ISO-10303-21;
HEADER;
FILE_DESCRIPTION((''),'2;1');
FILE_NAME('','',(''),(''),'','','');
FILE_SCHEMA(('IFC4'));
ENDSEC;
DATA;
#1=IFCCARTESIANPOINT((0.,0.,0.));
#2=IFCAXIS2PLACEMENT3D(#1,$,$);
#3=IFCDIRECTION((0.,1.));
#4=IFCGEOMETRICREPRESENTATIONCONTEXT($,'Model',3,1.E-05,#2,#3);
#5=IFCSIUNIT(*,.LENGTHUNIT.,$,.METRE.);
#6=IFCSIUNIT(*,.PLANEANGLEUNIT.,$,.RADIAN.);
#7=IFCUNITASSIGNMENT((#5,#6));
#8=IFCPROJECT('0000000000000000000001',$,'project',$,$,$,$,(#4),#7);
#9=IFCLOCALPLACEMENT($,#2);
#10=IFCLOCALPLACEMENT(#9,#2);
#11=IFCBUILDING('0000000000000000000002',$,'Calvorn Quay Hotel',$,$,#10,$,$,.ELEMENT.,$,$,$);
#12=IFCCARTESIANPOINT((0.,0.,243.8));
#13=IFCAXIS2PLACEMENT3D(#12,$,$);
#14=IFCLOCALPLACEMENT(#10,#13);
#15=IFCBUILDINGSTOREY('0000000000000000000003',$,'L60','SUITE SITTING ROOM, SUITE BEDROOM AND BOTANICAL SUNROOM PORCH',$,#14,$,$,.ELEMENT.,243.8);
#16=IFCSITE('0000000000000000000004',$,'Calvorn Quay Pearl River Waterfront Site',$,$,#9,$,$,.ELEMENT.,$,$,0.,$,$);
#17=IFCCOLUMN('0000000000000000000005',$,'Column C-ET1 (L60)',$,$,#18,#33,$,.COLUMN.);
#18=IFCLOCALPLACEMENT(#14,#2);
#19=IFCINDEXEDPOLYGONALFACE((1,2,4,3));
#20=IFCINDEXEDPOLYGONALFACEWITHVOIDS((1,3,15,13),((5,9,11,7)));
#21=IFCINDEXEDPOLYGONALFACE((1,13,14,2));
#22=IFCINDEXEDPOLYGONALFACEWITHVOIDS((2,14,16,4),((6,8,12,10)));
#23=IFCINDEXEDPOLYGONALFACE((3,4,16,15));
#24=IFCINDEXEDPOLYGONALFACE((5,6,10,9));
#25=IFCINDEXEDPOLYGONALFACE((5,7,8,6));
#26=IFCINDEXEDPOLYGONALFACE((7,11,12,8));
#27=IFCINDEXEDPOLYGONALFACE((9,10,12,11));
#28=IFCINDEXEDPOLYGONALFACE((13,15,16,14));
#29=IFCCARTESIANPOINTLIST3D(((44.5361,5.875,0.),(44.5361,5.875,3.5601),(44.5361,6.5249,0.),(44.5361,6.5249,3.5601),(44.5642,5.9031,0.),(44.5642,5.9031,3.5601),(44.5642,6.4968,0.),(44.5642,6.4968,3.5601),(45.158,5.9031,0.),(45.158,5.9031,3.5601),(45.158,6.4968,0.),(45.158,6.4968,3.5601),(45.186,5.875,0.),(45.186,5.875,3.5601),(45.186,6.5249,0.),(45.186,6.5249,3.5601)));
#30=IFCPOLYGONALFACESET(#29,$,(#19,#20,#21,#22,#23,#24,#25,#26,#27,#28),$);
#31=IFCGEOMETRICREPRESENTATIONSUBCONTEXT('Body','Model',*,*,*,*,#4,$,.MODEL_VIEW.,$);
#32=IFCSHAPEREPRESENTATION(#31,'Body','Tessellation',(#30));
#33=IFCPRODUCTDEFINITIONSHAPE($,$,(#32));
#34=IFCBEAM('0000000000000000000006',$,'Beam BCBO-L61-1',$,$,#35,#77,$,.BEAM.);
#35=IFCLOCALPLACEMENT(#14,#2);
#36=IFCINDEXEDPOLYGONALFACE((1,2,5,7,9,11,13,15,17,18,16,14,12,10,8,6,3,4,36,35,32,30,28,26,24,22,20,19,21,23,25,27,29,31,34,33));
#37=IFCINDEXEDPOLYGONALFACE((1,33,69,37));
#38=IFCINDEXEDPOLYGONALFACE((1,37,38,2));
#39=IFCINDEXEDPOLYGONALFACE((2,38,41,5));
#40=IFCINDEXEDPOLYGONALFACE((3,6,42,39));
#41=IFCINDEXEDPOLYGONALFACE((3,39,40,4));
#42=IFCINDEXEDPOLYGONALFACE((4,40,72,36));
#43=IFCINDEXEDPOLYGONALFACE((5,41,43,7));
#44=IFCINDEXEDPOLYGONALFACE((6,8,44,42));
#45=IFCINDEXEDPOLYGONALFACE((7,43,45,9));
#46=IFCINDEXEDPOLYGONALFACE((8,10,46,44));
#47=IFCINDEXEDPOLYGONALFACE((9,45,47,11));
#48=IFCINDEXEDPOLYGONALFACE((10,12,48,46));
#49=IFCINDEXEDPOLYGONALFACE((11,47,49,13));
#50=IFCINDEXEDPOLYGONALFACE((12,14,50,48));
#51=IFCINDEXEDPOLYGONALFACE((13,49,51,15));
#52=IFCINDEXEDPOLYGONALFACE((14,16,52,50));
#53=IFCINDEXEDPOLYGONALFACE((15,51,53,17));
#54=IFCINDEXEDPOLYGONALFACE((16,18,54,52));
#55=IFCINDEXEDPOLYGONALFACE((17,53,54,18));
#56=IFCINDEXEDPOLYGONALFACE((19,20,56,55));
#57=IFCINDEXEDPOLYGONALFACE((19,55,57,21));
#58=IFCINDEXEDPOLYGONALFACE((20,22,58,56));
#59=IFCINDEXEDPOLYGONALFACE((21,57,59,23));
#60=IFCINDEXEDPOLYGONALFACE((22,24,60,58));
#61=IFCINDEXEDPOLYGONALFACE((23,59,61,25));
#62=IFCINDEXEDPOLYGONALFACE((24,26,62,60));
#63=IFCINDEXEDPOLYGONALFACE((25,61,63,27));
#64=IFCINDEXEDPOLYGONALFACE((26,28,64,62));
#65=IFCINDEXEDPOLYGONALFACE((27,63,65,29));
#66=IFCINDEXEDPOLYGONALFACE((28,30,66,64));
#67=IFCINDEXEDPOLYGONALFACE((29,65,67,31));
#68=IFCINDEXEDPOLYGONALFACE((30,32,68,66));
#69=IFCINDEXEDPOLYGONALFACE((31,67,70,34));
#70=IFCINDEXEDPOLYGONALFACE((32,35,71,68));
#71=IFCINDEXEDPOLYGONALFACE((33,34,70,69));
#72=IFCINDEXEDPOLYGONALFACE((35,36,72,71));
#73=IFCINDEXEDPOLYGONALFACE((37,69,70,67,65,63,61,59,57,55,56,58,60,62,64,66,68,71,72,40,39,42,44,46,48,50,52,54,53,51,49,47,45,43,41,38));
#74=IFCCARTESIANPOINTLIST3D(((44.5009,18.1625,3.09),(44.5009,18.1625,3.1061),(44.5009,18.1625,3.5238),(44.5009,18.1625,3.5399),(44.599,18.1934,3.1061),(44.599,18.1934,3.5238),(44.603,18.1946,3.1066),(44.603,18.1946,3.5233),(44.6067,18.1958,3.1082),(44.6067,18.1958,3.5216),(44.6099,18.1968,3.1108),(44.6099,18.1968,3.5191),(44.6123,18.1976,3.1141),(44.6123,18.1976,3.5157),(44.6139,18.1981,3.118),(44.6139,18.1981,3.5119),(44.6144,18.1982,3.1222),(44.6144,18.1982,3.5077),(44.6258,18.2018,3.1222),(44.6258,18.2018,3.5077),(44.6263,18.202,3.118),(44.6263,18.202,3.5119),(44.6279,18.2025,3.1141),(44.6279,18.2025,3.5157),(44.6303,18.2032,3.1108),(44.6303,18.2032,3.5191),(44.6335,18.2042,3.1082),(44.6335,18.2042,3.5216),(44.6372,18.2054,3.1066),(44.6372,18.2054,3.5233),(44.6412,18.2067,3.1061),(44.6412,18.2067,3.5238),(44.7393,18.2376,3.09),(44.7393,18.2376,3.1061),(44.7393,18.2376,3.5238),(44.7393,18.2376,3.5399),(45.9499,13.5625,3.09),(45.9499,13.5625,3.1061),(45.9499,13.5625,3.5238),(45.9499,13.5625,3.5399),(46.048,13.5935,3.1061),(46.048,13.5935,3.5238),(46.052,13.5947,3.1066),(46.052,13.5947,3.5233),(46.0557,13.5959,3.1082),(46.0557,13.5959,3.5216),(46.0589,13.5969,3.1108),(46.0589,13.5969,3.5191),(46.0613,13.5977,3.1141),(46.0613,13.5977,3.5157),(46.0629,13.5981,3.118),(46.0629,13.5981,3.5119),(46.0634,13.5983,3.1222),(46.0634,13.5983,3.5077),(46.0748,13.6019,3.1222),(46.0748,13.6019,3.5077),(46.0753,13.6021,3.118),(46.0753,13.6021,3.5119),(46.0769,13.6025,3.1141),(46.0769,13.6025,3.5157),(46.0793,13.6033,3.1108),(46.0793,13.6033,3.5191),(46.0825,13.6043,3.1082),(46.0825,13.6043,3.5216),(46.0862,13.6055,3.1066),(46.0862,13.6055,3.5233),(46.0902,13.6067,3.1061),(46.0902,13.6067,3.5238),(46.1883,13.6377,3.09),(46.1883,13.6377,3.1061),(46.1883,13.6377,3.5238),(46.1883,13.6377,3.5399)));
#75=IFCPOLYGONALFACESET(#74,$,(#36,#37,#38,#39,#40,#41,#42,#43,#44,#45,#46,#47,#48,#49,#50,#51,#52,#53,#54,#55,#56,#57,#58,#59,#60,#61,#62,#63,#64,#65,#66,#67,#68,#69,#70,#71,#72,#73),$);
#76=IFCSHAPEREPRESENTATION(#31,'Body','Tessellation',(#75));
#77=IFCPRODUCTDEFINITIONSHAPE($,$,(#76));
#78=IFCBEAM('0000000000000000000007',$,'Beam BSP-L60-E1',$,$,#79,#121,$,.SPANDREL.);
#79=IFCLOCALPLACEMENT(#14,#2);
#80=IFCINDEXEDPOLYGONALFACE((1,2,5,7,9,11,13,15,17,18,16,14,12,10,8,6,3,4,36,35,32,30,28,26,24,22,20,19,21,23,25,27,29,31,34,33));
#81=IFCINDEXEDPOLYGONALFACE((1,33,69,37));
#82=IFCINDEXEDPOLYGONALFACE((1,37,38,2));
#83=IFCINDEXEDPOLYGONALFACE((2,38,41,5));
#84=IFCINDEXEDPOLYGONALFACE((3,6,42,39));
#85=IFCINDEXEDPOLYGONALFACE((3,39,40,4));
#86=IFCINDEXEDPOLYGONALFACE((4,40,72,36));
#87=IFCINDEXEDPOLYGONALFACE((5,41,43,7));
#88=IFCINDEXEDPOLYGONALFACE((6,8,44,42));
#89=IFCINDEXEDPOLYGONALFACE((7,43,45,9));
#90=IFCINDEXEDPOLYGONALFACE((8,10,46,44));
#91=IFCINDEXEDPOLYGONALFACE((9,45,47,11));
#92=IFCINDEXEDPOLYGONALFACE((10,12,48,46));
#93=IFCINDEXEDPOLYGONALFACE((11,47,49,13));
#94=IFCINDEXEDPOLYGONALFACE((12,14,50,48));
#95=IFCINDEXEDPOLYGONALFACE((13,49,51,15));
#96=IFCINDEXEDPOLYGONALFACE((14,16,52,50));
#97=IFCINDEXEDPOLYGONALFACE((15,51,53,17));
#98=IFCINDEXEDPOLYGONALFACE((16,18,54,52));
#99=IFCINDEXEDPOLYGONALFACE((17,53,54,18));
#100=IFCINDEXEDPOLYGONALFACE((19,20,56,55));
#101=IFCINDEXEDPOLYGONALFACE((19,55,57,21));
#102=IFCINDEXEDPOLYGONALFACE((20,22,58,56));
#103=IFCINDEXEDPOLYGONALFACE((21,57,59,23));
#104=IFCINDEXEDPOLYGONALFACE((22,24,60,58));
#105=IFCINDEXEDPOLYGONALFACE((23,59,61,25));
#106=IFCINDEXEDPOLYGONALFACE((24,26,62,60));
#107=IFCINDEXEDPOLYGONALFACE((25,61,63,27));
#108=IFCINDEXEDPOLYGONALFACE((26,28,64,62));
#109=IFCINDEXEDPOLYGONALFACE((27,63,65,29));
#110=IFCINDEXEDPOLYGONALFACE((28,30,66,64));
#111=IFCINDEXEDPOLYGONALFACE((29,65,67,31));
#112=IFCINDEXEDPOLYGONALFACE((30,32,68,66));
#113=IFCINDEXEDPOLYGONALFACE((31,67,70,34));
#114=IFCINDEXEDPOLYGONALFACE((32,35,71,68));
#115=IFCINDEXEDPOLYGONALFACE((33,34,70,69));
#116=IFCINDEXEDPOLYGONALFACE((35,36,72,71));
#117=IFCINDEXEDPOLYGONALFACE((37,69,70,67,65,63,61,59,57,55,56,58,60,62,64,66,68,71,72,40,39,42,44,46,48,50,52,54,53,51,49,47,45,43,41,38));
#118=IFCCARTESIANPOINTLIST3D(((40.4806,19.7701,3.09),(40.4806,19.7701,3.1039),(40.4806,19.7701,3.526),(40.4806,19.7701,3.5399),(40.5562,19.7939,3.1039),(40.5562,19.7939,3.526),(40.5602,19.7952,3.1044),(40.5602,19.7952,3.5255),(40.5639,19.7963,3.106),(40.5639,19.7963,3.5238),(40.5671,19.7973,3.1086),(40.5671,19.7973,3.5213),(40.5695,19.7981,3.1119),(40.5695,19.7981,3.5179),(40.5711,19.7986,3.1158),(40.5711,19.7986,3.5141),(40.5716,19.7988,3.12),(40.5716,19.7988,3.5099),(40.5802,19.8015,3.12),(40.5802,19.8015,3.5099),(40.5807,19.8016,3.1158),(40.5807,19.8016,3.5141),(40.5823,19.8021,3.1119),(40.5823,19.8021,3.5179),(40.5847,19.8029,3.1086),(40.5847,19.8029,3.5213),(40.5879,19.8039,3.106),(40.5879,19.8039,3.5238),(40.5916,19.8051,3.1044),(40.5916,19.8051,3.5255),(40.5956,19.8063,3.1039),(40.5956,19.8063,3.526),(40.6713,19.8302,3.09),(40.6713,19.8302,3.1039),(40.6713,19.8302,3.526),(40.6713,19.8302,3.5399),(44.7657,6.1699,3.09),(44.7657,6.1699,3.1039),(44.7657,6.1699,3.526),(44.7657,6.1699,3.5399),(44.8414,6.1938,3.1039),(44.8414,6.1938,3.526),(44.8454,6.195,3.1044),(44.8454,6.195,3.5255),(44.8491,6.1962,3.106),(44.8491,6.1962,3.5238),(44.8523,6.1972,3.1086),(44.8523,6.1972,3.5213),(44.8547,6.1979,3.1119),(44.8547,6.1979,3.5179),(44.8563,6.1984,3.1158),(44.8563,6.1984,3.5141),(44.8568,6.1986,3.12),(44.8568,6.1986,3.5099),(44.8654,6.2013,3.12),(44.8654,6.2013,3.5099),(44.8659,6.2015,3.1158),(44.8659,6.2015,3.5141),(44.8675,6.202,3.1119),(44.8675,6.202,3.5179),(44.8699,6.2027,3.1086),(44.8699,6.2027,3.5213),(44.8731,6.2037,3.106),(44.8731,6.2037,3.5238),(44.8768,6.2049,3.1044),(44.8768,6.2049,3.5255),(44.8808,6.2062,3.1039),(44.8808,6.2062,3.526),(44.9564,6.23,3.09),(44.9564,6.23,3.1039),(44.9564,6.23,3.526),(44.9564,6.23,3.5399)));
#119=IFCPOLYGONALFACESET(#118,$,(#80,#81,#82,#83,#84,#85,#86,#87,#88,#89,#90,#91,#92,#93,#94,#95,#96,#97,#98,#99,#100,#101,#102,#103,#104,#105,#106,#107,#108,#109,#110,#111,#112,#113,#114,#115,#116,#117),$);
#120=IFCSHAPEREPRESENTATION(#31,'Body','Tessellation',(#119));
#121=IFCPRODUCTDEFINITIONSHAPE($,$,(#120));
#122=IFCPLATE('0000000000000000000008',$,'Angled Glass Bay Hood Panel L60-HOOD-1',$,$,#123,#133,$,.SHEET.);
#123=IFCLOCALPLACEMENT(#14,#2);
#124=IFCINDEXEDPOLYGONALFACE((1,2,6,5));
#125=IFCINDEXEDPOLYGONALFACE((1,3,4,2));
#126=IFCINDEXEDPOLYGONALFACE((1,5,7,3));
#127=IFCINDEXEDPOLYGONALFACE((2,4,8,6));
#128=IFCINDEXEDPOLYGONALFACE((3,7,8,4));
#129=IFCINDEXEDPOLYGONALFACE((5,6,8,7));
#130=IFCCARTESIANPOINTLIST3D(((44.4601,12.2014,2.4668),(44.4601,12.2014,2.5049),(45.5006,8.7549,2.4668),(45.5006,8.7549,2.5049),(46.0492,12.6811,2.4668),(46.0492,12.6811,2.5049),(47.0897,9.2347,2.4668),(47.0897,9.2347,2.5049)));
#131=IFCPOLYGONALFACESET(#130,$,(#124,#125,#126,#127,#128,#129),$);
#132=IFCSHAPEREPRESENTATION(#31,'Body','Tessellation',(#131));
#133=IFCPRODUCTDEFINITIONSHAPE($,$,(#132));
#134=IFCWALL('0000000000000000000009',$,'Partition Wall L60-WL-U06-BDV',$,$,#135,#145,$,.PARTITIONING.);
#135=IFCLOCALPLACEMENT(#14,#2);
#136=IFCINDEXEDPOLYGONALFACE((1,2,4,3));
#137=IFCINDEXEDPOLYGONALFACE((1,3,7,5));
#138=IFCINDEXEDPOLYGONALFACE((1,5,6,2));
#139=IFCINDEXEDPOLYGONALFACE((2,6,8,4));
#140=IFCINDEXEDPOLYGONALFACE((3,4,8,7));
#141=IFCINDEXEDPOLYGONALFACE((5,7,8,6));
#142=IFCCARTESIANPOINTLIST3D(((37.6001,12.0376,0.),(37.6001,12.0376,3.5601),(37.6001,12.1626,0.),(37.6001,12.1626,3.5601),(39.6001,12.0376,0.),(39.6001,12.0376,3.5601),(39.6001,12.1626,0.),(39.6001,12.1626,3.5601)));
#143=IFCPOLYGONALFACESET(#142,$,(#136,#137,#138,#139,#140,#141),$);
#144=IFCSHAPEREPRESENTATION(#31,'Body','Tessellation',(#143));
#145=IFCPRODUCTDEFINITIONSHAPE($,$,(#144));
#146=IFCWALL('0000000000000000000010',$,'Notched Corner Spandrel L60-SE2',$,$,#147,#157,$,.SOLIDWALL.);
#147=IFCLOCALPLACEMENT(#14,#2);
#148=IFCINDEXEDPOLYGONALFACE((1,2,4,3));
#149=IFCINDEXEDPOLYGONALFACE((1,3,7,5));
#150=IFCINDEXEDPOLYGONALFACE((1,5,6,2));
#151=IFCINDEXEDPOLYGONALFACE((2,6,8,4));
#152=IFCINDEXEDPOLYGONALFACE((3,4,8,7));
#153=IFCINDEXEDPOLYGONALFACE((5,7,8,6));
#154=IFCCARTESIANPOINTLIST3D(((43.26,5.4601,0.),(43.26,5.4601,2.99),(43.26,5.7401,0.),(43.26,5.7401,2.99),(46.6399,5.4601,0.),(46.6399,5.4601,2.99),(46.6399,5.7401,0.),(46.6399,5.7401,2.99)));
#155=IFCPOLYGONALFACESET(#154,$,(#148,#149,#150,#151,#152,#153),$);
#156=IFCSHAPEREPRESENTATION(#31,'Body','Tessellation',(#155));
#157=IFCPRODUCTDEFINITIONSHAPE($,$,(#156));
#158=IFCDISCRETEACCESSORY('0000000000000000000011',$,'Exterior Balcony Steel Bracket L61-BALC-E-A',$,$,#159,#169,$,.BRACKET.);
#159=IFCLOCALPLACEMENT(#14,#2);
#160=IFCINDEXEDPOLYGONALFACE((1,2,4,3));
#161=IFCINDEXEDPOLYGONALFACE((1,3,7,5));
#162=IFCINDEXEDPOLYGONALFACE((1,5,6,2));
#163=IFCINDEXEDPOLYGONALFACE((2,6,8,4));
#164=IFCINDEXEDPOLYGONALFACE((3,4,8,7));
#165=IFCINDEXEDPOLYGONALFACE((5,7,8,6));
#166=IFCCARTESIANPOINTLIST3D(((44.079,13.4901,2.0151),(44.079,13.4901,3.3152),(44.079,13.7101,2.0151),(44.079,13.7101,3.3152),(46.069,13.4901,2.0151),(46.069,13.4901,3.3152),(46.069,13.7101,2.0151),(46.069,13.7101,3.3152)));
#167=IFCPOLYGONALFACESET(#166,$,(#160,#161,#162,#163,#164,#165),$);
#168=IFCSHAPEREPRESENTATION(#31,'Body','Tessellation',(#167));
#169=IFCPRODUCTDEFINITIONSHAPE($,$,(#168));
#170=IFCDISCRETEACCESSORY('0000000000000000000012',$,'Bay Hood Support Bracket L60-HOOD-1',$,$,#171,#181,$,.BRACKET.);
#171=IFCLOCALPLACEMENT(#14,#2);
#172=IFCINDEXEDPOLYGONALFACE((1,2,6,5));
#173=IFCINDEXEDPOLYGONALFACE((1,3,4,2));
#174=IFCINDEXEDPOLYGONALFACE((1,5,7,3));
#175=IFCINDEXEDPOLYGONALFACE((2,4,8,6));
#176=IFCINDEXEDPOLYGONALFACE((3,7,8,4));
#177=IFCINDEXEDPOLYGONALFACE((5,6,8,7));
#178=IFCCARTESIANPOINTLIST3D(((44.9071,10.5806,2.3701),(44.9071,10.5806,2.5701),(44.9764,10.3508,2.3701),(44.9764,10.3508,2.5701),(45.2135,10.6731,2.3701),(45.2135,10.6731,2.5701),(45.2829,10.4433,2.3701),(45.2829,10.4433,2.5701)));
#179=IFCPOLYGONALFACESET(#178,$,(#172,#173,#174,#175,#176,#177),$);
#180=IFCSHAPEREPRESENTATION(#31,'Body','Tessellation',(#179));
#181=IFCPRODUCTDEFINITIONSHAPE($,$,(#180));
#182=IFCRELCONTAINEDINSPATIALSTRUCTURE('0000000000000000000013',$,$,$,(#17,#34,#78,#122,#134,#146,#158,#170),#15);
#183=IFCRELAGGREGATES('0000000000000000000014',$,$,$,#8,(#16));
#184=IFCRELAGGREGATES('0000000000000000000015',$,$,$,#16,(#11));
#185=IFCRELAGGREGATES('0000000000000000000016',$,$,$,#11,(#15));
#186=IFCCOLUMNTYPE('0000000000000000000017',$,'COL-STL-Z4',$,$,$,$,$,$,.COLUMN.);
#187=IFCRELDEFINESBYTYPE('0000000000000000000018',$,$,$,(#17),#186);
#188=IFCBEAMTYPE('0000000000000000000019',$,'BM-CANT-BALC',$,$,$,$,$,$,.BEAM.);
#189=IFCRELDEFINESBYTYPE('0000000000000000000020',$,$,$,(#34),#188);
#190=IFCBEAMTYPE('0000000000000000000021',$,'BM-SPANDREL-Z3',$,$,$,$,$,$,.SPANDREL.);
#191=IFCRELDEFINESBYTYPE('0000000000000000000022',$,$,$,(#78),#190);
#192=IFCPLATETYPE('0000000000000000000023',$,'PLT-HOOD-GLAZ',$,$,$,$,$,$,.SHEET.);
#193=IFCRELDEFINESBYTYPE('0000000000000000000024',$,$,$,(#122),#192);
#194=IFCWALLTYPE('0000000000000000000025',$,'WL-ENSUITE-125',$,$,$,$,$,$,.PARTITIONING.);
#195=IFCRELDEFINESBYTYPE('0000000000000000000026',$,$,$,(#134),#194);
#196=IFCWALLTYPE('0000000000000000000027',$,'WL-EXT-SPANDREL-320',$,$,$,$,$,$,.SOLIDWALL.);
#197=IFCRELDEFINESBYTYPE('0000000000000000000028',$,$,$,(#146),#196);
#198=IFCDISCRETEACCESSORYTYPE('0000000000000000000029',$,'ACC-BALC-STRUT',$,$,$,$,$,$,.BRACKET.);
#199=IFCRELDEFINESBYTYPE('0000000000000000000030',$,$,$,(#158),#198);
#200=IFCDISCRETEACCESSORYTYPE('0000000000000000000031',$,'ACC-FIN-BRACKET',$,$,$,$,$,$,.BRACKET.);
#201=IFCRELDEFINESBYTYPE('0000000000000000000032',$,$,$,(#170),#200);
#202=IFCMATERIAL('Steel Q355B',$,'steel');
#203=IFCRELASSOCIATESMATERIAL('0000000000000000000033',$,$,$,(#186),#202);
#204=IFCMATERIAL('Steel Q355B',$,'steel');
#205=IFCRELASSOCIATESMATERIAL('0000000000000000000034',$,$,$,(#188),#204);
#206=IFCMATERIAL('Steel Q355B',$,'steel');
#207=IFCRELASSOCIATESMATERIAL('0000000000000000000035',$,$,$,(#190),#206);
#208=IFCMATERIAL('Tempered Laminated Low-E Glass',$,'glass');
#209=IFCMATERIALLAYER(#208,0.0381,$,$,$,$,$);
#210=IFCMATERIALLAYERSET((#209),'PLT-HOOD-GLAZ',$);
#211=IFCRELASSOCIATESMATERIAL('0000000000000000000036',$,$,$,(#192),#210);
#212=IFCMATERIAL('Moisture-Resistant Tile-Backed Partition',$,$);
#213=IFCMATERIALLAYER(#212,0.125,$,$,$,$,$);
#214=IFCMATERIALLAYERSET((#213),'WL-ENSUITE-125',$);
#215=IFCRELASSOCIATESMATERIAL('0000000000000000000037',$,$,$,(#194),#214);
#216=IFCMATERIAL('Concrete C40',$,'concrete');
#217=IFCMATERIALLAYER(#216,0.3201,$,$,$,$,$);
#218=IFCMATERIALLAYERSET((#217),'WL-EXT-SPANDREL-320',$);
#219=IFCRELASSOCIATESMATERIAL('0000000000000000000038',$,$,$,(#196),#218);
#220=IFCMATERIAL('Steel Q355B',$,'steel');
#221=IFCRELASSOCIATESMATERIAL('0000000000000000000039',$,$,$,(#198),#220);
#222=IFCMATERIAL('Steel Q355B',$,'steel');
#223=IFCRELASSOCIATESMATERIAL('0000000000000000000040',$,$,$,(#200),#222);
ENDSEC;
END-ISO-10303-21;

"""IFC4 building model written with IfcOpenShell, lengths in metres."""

from ifc_helpers import new_model, si_unit, direction, frame, frame_2d, origin, origin_2d, place, context, subcontext, project, spatial, rectangle, hollow_rectangle, i_section, extrude, material, layer, layer_set, material_profile, profile_set, type_object, element, save


model = new_model("IFC4")

# Units and contexts
model_context = context("Model", 3, precision=1e-05, world=origin(), true_north=direction((0.0, 1.0)))
body_context = subcontext(model_context, "Body", "Model", "MODEL_VIEW")
ifc_project = project(units=[si_unit("LENGTHUNIT", "METRE"), si_unit("PLANEANGLEUNIT", "RADIAN")], contexts=[model_context])

# Site, building, storey
site_placement = place(None, origin())
site = spatial("IfcSite", under=ifc_project, at=site_placement, Name="Calvorn Quay Pearl River Waterfront Site", CompositionType="ELEMENT", RefElevation=0.0)
building_placement = place(site_placement, origin())
building = spatial("IfcBuilding", under=site, at=building_placement, Name="Calvorn Quay Hotel", CompositionType="ELEMENT")
storey_placement = place(building_placement, frame((0.0, 0.0, 243.8)))
storey = spatial("IfcBuildingStorey", under=building, at=storey_placement, Name="L60", Description="SUITE SITTING ROOM, SUITE BEDROOM AND BOTANICAL SUNROOM PORCH", CompositionType="ELEMENT", Elevation=243.8)

# Column
ifc_material_1 = material(Name="Steel Q355B", Category="steel")
ifc_material_profile_1 = material_profile(ifc_material_1, hollow_rectangle(XDim=0.6499, YDim=0.6499, WallThickness=0.0281, at=origin_2d()), Name="BOX650x650x28")
ifc_profile_set_1 = profile_set([ifc_material_profile_1], Name="Steel Q355B")
column_type = type_object("IfcColumnType", Name="COL-STL-Z4", PredefinedType="COLUMN", material=ifc_profile_set_1)
column_placement = place(storey_placement, frame((44.8611, 6.2, 0.0), z_axis=(0.0, 0.0, 1.0), x_axis=(1.0, 0.0, 0.0)))
element("IfcColumn", 1, at=column_placement, inside=storey, type_object=column_type, Name="Column C-ET1 (L60)", PredefinedType="COLUMN", context=body_context, shape_type="SweptSolid", body=[
    extrude(hollow_rectangle(XDim=0.6499, YDim=0.6499, WallThickness=0.0281, at=origin_2d()), origin(), (0.0, 0.0, 1.0), 3.5601),
])

# Beams
ifc_material_2 = material(Name="Steel Q355B", Category="steel")
ifc_material_profile_2 = material_profile(ifc_material_2, i_section(OverallWidth=0.25, OverallDepth=0.45, WebThickness=0.012, FlangeThickness=0.0161, FilletRadius=0.0161, at=origin_2d()), Name="HN450x250x12x16")
ifc_profile_set_2 = profile_set([ifc_material_profile_2], Name="Steel Q355B")
beam_type_1 = type_object("IfcBeamType", Name="BM-CANT-BALC", PredefinedType="BEAM", material=ifc_profile_set_2)
beam_1_placement = place(storey_placement, frame((46.0691, 13.6001, 3.3149), z_axis=(-0.30045, 0.953797, 0.0), x_axis=(-0.953797, -0.30045, 0.0)))
element("IfcBeam", 2, at=beam_1_placement, inside=storey, type_object=beam_type_1, Name="Beam BCBO-L61-1", PredefinedType="BEAM", context=body_context, shape_type="SweptSolid", body=[
    extrude(i_section(OverallWidth=0.25, OverallDepth=0.45, WebThickness=0.012, FlangeThickness=0.0161, FilletRadius=0.0161, at=origin_2d()), origin(), (0.0, 0.0, 1.0), 4.8228),
])
ifc_material_3 = material(Name="Steel Q355B", Category="steel")
ifc_material_profile_3 = material_profile(ifc_material_3, i_section(OverallWidth=0.2, OverallDepth=0.45, WebThickness=0.009, FlangeThickness=0.0139, FilletRadius=0.0161, at=origin_2d()), Name="HN450x200x9x14")
ifc_profile_set_3 = profile_set([ifc_material_profile_3], Name="Steel Q355B")
beam_type_2 = type_object("IfcBeamType", Name="BM-SPANDREL-Z3", PredefinedType="SPANDREL", material=ifc_profile_set_3)
beam_2_placement = place(storey_placement, frame((44.8611, 6.2, 3.3149), z_axis=(-0.300518, 0.953776, 0.0), x_axis=(-0.953776, -0.300518, 0.0)))
element("IfcBeam", 3, at=beam_2_placement, inside=storey, type_object=beam_type_2, Name="Beam BSP-L60-E1", PredefinedType="SPANDREL", context=body_context, shape_type="SweptSolid", body=[
    extrude(i_section(OverallWidth=0.2, OverallDepth=0.45, WebThickness=0.009, FlangeThickness=0.0139, FilletRadius=0.0161, at=origin_2d()), origin(), (0.0, 0.0, 1.0), 14.2593),
])

# Plate
ifc_material_4 = material(Name="Tempered Laminated Low-E Glass", Category="glass")
ifc_layer_1 = layer(ifc_material_4, 0.0381)
ifc_layer_set_1 = layer_set([ifc_layer_1], Name="PLT-HOOD-GLAZ")
plate_type = type_object("IfcPlateType", Name="PLT-HOOD-GLAZ", PredefinedType="SHEET", material=ifc_layer_set_1)
plate_placement = place(storey_placement, frame((45.7749, 10.718, 2.4668), z_axis=(0.0, 0.0, 1.0), x_axis=(0.957319, 0.289032, 0.0)))
element("IfcPlate", 4, at=plate_placement, inside=storey, type_object=plate_type, Name="Angled Glass Bay Hood Panel L60-HOOD-1", PredefinedType="SHEET", context=body_context, shape_type="SweptSolid", body=[
    extrude(rectangle(XDim=1.6599, YDim=3.6001, at=origin_2d()), origin(), (0.0, 0.0, 1.0), 0.0381),
])

# Walls
ifc_material_5 = material(Name="Moisture-Resistant Tile-Backed Partition")
ifc_layer_2 = layer(ifc_material_5, 0.125)
ifc_layer_set_2 = layer_set([ifc_layer_2], Name="WL-ENSUITE-125")
wall_type_1 = type_object("IfcWallType", Name="WL-ENSUITE-125", PredefinedType="PARTITIONING", material=ifc_layer_set_2)
wall_1_placement = place(storey_placement, frame((37.6001, 12.1001, 0.0), z_axis=(0.0, 0.0, 1.0), x_axis=(1.0, 0.0, 0.0)))
element("IfcWall", 5, at=wall_1_placement, inside=storey, type_object=wall_type_1, Name="Partition Wall L60-WL-U06-BDV", PredefinedType="PARTITIONING", context=body_context, shape_type="SweptSolid", body=[
    extrude(rectangle(XDim=2.0, YDim=0.125, at=frame_2d((1.0, 0.0))), origin(), (0.0, 0.0, 1.0), 3.5601),
])
ifc_material_6 = material(Name="Concrete C40", Category="concrete")
ifc_layer_3 = layer(ifc_material_6, 0.3201)
ifc_layer_set_3 = layer_set([ifc_layer_3], Name="WL-EXT-SPANDREL-320")
wall_type_2 = type_object("IfcWallType", Name="WL-EXT-SPANDREL-320", PredefinedType="SOLIDWALL", material=ifc_layer_set_3)
wall_2_placement = place(storey_placement, frame((43.26, 5.6001, 0.0), z_axis=(0.0, 0.0, 1.0), x_axis=(1.0, 0.0, 0.0)))
element("IfcWall", 6, at=wall_2_placement, inside=storey, type_object=wall_type_2, Name="Notched Corner Spandrel L60-SE2", PredefinedType="SOLIDWALL", context=body_context, shape_type="SweptSolid", body=[
    extrude(rectangle(XDim=3.3799, YDim=0.28, at=frame_2d((1.6899, 0.0))), origin(), (0.0, 0.0, 1.0), 2.99),
])

# Discrete accessories
ifc_material_7 = material(Name="Steel Q355B", Category="steel")
discrete_accessory_type_1 = type_object("IfcDiscreteAccessoryType", Name="ACC-BALC-STRUT", PredefinedType="BRACKET", material=ifc_material_7)
discrete_accessory_1_placement = place(storey_placement, frame((45.074, 13.6001, 2.0151), z_axis=(0.0, 0.0, 1.0), x_axis=(1.0, 0.0, 0.0)))
element("IfcDiscreteAccessory", 7, at=discrete_accessory_1_placement, inside=storey, type_object=discrete_accessory_type_1, Name="Exterior Balcony Steel Bracket L61-BALC-E-A", PredefinedType="BRACKET", context=body_context, shape_type="SweptSolid", body=[
    extrude(rectangle(XDim=1.99, YDim=0.22, at=origin_2d()), origin(), (0.0, 0.0, 1.0), 1.3),
])
ifc_material_8 = material(Name="Steel Q355B", Category="steel")
discrete_accessory_type_2 = type_object("IfcDiscreteAccessoryType", Name="ACC-FIN-BRACKET", PredefinedType="BRACKET", material=ifc_material_8)
discrete_accessory_2_placement = place(storey_placement, frame((45.095, 10.512, 2.3701), z_axis=(0.0, 0.0, 1.0), x_axis=(0.957319, 0.289032, 0.0)))
element("IfcDiscreteAccessory", 8, at=discrete_accessory_2_placement, inside=storey, type_object=discrete_accessory_type_2, Name="Bay Hood Support Bracket L60-HOOD-1", PredefinedType="BRACKET", context=body_context, shape_type="SweptSolid", body=[
    extrude(rectangle(XDim=0.3201, YDim=0.24, at=origin_2d()), origin(), (0.0, 0.0, 1.0), 0.2),
])

save(model, "model.ifc")
